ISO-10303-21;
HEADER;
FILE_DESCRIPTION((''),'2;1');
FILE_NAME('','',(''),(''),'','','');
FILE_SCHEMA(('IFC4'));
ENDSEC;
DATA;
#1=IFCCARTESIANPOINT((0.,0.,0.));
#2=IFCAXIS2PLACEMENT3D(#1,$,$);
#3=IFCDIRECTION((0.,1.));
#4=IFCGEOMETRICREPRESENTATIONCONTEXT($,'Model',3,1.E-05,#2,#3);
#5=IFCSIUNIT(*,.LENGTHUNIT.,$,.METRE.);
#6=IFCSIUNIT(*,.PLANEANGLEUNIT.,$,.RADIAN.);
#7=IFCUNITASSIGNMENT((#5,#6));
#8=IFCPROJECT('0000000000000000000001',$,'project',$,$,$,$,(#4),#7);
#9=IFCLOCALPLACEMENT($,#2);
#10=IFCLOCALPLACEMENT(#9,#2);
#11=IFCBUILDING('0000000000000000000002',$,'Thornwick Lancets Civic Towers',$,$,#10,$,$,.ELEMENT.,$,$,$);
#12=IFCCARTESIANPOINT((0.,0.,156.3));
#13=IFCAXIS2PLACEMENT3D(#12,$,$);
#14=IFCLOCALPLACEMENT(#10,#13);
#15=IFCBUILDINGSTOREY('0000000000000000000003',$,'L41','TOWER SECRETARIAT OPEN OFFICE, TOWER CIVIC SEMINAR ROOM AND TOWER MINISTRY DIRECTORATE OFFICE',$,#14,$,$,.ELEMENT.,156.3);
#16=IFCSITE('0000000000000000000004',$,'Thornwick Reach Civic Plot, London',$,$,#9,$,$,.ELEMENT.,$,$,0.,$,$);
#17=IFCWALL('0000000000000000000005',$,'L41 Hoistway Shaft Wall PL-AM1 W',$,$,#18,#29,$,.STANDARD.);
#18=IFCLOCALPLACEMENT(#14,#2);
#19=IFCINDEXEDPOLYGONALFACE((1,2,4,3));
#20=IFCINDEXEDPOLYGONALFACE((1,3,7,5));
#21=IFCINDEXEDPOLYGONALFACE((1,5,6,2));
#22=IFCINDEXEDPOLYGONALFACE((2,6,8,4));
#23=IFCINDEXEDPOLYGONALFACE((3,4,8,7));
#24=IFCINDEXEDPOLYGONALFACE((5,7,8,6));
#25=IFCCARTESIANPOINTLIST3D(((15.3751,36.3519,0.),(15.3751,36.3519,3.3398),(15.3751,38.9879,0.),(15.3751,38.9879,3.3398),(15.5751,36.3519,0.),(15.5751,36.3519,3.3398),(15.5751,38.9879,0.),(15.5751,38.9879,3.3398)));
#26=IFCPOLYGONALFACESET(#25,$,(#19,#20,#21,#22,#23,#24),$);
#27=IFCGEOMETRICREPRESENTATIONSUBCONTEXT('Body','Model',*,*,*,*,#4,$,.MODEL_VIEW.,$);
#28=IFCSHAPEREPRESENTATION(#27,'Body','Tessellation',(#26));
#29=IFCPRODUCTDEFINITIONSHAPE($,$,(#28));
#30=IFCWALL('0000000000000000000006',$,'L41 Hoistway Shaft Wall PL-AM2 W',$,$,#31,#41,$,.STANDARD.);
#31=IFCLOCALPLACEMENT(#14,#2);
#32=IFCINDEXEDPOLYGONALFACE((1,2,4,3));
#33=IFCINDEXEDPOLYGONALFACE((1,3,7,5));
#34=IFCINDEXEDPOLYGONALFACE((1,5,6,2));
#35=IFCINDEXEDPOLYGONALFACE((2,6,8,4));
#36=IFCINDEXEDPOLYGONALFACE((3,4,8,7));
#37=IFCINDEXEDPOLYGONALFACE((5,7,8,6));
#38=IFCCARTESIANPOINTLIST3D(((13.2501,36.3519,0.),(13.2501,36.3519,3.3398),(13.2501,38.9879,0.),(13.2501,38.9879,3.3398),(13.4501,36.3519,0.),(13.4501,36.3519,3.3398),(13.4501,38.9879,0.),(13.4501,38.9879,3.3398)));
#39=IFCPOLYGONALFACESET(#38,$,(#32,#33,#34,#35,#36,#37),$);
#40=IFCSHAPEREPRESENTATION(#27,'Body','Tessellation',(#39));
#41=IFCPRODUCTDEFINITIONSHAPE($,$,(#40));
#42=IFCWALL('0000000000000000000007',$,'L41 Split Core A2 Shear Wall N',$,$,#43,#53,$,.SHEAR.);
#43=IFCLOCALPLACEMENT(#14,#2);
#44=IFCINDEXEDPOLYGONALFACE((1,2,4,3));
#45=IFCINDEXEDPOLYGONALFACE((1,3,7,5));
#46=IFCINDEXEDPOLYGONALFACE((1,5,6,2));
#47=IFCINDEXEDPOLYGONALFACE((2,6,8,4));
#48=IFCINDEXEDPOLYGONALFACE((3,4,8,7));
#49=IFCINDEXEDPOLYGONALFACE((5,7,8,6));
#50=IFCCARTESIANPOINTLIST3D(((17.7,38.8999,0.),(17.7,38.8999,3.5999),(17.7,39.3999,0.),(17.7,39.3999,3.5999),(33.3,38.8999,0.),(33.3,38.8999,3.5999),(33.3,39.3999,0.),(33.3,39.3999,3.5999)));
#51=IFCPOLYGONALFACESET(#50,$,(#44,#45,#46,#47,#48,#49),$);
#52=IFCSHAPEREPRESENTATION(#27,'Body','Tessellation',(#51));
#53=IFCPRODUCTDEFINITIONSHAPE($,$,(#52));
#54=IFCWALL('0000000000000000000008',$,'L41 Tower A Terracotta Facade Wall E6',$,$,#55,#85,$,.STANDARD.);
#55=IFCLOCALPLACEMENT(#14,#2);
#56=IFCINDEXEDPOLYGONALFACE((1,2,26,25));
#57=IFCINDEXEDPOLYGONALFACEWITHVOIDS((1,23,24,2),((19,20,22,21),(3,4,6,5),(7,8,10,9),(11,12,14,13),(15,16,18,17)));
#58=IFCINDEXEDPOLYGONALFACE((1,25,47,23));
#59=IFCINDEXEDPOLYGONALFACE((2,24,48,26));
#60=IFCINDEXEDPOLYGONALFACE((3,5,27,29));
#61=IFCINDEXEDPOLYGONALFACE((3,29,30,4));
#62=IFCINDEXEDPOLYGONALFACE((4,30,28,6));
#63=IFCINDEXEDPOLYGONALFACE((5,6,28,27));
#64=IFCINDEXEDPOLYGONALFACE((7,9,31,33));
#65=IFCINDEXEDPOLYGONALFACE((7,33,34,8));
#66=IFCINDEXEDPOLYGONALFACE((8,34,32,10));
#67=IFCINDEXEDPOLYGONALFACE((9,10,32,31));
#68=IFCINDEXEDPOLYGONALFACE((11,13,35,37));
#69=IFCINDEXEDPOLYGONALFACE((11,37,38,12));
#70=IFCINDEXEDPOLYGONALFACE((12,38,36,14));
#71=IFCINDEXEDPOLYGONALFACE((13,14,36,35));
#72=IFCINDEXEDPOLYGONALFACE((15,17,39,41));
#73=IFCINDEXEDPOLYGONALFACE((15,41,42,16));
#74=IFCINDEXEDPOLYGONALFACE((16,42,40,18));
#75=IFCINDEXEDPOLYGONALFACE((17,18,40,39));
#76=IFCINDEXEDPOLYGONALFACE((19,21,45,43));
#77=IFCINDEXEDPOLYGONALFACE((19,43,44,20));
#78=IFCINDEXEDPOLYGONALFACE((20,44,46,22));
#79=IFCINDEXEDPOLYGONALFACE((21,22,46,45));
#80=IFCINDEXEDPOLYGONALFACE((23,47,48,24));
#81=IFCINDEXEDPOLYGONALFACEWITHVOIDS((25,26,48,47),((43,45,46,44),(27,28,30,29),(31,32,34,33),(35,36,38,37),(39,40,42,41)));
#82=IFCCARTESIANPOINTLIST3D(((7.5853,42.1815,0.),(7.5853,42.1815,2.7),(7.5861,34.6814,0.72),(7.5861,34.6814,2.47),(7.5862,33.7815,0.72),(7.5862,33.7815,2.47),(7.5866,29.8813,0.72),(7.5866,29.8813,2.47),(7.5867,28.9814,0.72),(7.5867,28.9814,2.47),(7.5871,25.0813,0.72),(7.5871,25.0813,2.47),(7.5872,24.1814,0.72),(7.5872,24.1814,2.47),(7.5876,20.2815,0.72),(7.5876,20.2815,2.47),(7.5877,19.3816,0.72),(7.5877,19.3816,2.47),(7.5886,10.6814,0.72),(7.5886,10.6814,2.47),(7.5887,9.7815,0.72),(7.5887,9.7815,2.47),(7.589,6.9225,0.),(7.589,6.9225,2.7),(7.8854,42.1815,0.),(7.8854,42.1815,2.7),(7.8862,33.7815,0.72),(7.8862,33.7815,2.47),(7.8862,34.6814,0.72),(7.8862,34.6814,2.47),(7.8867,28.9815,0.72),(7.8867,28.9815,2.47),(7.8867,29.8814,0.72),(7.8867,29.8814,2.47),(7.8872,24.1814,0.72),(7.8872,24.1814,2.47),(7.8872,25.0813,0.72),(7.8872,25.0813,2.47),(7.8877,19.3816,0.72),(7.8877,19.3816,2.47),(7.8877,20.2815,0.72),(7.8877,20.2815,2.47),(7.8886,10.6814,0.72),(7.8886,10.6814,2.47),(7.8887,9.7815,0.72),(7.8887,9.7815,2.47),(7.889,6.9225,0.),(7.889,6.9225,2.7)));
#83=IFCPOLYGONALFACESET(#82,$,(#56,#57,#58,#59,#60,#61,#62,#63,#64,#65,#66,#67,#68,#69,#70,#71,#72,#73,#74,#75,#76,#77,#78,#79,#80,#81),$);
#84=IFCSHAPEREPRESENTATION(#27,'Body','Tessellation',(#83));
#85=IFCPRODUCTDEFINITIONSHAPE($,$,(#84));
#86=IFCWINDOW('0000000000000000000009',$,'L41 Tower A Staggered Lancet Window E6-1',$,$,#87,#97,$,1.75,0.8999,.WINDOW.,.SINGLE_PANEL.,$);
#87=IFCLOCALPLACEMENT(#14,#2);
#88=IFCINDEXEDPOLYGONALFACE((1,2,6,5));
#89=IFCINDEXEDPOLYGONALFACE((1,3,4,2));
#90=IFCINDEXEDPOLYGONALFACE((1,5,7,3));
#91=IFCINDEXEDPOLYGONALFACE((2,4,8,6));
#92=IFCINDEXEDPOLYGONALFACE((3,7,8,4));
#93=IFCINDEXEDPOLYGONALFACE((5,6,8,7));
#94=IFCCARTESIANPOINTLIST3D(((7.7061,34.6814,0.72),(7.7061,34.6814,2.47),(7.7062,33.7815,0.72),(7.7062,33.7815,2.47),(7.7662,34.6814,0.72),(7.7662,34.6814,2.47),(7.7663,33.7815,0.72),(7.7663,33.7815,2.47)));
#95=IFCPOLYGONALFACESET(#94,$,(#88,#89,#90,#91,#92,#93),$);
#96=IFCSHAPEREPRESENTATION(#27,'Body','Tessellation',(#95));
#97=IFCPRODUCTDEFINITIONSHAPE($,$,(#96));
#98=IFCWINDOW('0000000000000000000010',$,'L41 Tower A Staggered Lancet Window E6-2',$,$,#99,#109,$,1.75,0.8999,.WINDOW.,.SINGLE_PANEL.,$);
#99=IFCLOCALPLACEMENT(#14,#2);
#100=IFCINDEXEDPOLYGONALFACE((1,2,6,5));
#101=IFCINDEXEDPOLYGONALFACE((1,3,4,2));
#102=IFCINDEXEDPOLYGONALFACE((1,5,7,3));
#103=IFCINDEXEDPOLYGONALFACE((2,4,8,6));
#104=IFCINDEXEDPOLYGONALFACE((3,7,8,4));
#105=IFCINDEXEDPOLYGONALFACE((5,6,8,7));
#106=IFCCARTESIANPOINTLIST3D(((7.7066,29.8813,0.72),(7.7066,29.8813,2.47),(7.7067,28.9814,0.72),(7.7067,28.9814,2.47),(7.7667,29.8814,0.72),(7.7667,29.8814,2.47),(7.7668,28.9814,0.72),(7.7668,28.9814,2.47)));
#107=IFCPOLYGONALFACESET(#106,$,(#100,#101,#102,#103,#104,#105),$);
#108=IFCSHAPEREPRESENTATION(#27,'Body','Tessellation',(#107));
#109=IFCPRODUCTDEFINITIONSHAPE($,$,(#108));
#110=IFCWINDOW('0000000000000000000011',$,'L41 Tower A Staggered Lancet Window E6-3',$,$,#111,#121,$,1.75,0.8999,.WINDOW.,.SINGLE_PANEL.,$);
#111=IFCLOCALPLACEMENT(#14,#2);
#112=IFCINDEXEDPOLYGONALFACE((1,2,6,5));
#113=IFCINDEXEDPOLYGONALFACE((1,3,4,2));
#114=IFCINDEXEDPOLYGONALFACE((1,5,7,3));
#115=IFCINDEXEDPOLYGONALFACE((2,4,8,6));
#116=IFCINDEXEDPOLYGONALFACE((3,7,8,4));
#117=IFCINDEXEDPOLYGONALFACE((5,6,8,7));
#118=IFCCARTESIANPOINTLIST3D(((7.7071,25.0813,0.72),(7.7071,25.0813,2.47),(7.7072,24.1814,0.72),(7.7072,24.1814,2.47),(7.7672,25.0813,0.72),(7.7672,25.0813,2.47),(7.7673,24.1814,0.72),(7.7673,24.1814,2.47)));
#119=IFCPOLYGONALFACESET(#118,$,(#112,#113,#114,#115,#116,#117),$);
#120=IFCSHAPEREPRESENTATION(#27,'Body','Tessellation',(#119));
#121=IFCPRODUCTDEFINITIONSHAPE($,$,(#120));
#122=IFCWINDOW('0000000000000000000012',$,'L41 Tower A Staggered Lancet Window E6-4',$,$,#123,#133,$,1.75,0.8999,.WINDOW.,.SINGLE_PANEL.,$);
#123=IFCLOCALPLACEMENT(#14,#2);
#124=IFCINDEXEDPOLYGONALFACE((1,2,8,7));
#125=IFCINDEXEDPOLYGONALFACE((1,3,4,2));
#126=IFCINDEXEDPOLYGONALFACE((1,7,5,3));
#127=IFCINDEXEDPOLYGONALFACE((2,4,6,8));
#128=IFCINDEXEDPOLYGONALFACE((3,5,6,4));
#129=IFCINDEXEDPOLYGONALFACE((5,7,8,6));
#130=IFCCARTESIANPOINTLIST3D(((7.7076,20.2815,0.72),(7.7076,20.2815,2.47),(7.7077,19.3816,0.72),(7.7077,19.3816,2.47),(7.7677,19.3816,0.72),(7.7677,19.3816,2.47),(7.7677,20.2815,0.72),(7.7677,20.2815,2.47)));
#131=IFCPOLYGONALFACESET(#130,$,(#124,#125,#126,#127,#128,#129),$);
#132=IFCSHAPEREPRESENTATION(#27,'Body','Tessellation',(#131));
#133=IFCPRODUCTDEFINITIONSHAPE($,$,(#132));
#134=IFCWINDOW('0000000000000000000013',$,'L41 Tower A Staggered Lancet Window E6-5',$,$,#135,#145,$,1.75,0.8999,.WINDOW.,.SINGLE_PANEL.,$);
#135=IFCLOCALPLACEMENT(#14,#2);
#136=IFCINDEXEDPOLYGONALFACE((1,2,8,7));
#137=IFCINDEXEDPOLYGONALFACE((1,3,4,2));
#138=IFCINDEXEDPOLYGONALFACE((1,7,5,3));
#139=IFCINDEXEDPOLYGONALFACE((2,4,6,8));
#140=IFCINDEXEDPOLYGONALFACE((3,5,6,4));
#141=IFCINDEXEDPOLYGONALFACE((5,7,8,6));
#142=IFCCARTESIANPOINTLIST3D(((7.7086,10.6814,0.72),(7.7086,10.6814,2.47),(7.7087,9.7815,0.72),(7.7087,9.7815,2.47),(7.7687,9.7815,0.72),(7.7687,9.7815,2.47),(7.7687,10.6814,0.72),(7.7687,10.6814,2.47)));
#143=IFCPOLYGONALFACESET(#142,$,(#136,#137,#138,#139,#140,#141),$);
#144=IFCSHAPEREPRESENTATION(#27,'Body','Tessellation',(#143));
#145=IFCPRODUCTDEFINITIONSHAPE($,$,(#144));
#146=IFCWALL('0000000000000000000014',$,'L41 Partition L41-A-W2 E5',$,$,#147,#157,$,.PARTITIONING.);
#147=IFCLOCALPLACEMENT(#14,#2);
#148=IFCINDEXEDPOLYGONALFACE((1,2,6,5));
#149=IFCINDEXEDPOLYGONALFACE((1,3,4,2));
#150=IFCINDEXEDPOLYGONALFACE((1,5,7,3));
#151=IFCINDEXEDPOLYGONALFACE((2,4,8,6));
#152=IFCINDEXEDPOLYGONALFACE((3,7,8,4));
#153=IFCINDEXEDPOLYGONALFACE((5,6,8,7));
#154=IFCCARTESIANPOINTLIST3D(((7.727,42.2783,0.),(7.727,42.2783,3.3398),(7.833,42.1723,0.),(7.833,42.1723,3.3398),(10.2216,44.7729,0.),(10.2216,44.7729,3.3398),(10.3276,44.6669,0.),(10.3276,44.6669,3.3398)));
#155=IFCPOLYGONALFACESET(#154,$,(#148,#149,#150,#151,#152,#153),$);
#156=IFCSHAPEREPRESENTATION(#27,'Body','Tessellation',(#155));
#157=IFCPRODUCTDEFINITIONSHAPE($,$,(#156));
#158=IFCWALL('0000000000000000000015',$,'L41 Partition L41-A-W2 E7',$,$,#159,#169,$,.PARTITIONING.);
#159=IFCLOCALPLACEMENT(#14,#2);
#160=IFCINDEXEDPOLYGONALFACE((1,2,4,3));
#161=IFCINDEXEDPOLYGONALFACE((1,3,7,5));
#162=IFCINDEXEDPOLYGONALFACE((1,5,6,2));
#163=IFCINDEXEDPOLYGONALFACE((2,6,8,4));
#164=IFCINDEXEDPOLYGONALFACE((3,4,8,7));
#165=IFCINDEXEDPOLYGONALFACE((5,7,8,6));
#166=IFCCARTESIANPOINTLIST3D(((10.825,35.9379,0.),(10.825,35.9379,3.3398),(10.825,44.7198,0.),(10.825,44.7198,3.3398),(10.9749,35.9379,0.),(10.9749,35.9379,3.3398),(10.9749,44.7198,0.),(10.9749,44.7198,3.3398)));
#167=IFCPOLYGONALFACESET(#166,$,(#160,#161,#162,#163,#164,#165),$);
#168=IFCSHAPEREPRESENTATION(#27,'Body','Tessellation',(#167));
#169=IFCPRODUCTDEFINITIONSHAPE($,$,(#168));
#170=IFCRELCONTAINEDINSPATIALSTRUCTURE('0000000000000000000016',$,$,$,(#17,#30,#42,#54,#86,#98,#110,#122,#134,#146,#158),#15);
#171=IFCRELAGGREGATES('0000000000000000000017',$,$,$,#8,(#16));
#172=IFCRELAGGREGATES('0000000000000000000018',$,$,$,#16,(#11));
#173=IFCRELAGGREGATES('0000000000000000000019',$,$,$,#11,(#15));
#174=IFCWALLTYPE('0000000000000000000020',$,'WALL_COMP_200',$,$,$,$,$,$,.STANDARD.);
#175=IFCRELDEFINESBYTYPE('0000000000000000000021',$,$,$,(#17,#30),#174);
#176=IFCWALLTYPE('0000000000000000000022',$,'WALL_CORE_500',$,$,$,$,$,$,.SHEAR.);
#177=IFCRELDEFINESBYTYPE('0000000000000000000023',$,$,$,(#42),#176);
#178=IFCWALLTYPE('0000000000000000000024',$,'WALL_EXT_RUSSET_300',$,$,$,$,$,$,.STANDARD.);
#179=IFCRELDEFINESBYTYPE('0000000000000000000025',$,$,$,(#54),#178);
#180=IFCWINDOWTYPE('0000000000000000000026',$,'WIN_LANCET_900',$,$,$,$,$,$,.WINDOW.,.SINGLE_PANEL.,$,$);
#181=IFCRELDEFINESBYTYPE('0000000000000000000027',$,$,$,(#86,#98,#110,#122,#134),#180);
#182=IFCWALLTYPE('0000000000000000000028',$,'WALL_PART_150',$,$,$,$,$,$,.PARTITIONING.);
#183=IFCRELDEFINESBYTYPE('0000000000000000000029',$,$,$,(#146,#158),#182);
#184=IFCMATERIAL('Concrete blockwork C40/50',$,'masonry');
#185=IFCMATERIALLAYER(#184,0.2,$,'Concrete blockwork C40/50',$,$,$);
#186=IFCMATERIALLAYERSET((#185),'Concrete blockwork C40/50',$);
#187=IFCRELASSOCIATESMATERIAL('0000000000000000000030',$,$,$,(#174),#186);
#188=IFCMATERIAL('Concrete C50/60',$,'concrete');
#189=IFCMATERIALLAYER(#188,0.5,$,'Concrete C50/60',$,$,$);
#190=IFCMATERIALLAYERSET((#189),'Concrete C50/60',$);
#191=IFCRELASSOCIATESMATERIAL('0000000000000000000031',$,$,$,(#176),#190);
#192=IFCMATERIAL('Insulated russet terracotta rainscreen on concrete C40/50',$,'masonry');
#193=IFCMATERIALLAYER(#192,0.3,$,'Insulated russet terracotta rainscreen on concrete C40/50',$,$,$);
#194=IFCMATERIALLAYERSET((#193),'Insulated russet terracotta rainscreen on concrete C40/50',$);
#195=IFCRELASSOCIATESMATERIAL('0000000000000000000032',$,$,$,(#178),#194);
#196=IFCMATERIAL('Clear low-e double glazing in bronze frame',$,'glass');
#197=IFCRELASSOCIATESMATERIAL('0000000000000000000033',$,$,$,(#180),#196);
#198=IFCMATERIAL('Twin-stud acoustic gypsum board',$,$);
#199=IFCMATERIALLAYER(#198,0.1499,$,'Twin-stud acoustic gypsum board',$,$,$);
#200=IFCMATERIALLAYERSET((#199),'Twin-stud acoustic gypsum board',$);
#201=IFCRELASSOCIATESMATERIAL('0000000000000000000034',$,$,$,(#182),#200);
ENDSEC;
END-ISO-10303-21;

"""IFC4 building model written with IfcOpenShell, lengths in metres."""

from ifc_helpers import new_model, si_unit, direction, frame, frame_2d, origin, place, context, subcontext, project, spatial, rectangle, extrude, material, layer, layer_set, type_object, element, fill, save


model = new_model("IFC4")

# Units and contexts
model_context = context("Model", 3, precision=1e-05, world=origin(), true_north=direction((0.0, 1.0)))
body_context = subcontext(model_context, "Body", "Model", "MODEL_VIEW")
ifc_project = project(units=[si_unit("LENGTHUNIT", "METRE"), si_unit("PLANEANGLEUNIT", "RADIAN")], contexts=[model_context])

# Site, building, storey
site_placement = place(None, origin())
site = spatial("IfcSite", under=ifc_project, at=site_placement, Name="Thornwick Reach Civic Plot, London", CompositionType="ELEMENT", RefElevation=0.0)
building_placement = place(site_placement, origin())
building = spatial("IfcBuilding", under=site, at=building_placement, Name="Thornwick Lancets Civic Towers", CompositionType="ELEMENT")
storey_placement = place(building_placement, frame((0.0, 0.0, 156.3)))
storey = spatial("IfcBuildingStorey", under=building, at=storey_placement, Name="L41", Description="TOWER SECRETARIAT OPEN OFFICE, TOWER CIVIC SEMINAR ROOM AND TOWER MINISTRY DIRECTORATE OFFICE", CompositionType="ELEMENT", Elevation=156.3)

# Shared definitions
ifc_material_1 = material(Name="Concrete C50/60", Category="concrete")

# Shared definitions
ifc_material_2 = material(Name="Concrete blockwork C40/50", Category="masonry")
ifc_layer_1 = layer(ifc_material_2, 0.2, Name="Concrete blockwork C40/50")
ifc_layer_set_1 = layer_set([ifc_layer_1], Name="Concrete blockwork C40/50")
wall_type_1 = type_object("IfcWallType", Name="WALL_COMP_200", PredefinedType="STANDARD", material=ifc_layer_set_1)

# Walls
for number, where, z_axis, x_axis, name in (
    (1, (15.4751, 36.3521, 0.0), (0.0, 0.0, 1.0), (0.0, 1.0, 0.0), "L41 Hoistway Shaft Wall PL-AM1 W"),
    (2, (13.3501, 36.3521, 0.0), (0.0, 0.0, 1.0), (0.0, 1.0, 0.0), "L41 Hoistway Shaft Wall PL-AM2 W"),
):
    element("IfcWall", number, at=place(storey_placement, frame(where, z_axis=z_axis, x_axis=x_axis)), inside=storey, type_object=wall_type_1, Name=name, PredefinedType="STANDARD", context=body_context, shape_type="SweptSolid", body=[
        extrude(rectangle(XDim=2.636, YDim=0.2, at=frame_2d((1.3179, 0.0))), origin(), (0.0, 0.0, 1.0), 3.3398),
    ])
ifc_layer_2 = layer(ifc_material_1, 0.5, Name="Concrete C50/60")
ifc_layer_set_2 = layer_set([ifc_layer_2], Name="Concrete C50/60")
wall_type_2 = type_object("IfcWallType", Name="WALL_CORE_500", PredefinedType="SHEAR", material=ifc_layer_set_2)
wall_1_placement = place(storey_placement, frame((17.7, 39.1499, 0.0), z_axis=(0.0, 0.0, 1.0), x_axis=(1.0, 0.0, 0.0)))
element("IfcWall", 3, at=wall_1_placement, inside=storey, type_object=wall_type_2, Name="L41 Split Core A2 Shear Wall N", PredefinedType="SHEAR", context=body_context, shape_type="SweptSolid", body=[
    extrude(rectangle(XDim=15.6001, YDim=0.5, at=frame_2d((7.8, 0.0))), origin(), (0.0, 0.0, 1.0), 3.5999),
])

# Wall, openings, windows
ifc_material_3 = material(Name="Insulated russet terracotta rainscreen on concrete C40/50", Category="masonry")
ifc_layer_3 = layer(ifc_material_3, 0.3, Name="Insulated russet terracotta rainscreen on concrete C40/50")
ifc_layer_set_3 = layer_set([ifc_layer_3], Name="Insulated russet terracotta rainscreen on concrete C40/50")
wall_type_3 = type_object("IfcWallType", Name="WALL_EXT_RUSSET_300", PredefinedType="STANDARD", material=ifc_layer_set_3)
wall_2_placement = place(storey_placement, frame((7.7354, 42.1814, 0.0), z_axis=(0.0, 0.0, 1.0), x_axis=(0.000104, -1.0, 0.0)))
wall_2 = element("IfcWall", 4, at=wall_2_placement, inside=storey, type_object=wall_type_3, Name="L41 Tower A Terracotta Facade Wall E6", PredefinedType="STANDARD", context=body_context, shape_type="SweptSolid", body=[
    extrude(rectangle(XDim=35.259, YDim=0.3, at=frame_2d((17.6294, 0.0))), origin(), (0.0, 0.0, 1.0), 2.7),
])
opening_1_placement = place(wall_2_placement, frame((7.5, 0.0, 0.72)))
opening_1 = element("IfcOpeningElement", 5, at=opening_1_placement, cuts=wall_2, PredefinedType="OPENING", context=body_context, shape_type="SweptSolid", body=[
    extrude(rectangle(XDim=0.8999, YDim=1.75, at=frame_2d((0.45, 0.875))), frame((0.0, 0.1602, 0.0), z_axis=(0.0, -1.0, 0.0), x_axis=(1.0, 0.0, 0.0)), (0.0, 0.0, 1.0), 0.3201),
])
opening_2_placement = place(wall_2_placement, frame((12.3, 0.0, 0.72)))
opening_2 = element("IfcOpeningElement", 6, at=opening_2_placement, cuts=wall_2, PredefinedType="OPENING", context=body_context, shape_type="SweptSolid", body=[
    extrude(rectangle(XDim=0.8999, YDim=1.75, at=frame_2d((0.45, 0.875))), frame((0.0, 0.1602, 0.0), z_axis=(0.0, -1.0, 0.0), x_axis=(1.0, 0.0, 0.0)), (0.0, 0.0, 1.0), 0.3201),
])
opening_3_placement = place(wall_2_placement, frame((17.1001, 0.0, 0.72)))
opening_3 = element("IfcOpeningElement", 7, at=opening_3_placement, cuts=wall_2, PredefinedType="OPENING", context=body_context, shape_type="SweptSolid", body=[
    extrude(rectangle(XDim=0.8999, YDim=1.75, at=frame_2d((0.45, 0.875))), frame((0.0, 0.1602, 0.0), z_axis=(0.0, -1.0, 0.0), x_axis=(1.0, 0.0, 0.0)), (0.0, 0.0, 1.0), 0.3201),
])
opening_4_placement = place(wall_2_placement, frame((21.8999, 0.0, 0.72)))
opening_4 = element("IfcOpeningElement", 8, at=opening_4_placement, cuts=wall_2, PredefinedType="OPENING", context=body_context, shape_type="SweptSolid", body=[
    extrude(rectangle(XDim=0.8999, YDim=1.75, at=frame_2d((0.45, 0.875))), frame((0.0, 0.1602, 0.0), z_axis=(0.0, -1.0, 0.0), x_axis=(1.0, 0.0, 0.0)), (0.0, 0.0, 1.0), 0.3201),
])
opening_5_placement = place(wall_2_placement, frame((31.5, 0.0, 0.72)))
opening_5 = element("IfcOpeningElement", 9, at=opening_5_placement, cuts=wall_2, PredefinedType="OPENING", context=body_context, shape_type="SweptSolid", body=[
    extrude(rectangle(XDim=0.8999, YDim=1.75, at=frame_2d((0.45, 0.875))), frame((0.0, 0.1602, 0.0), z_axis=(0.0, -1.0, 0.0), x_axis=(1.0, 0.0, 0.0)), (0.0, 0.0, 1.0), 0.3201),
])
ifc_material_4 = material(Name="Clear low-e double glazing in bronze frame", Category="glass")
window_type = type_object("IfcWindowType", Name="WIN_LANCET_900", PartitioningType="SINGLE_PANEL", PredefinedType="WINDOW", material=ifc_material_4)
window_1_placement = place(opening_1_placement, origin())
window_1 = element("IfcWindow", 10, at=window_1_placement, inside=storey, type_object=window_type, Name="L41 Tower A Staggered Lancet Window E6-1", OverallHeight=1.75, OverallWidth=0.8999, PartitioningType="SINGLE_PANEL", PredefinedType="WINDOW", context=body_context, shape_type="SweptSolid", body=[
    extrude(rectangle(XDim=0.8999, YDim=1.75, at=frame_2d((0.45, 0.875))), frame((0.0, 0.03, 0.0), z_axis=(0.0, -1.0, 0.0), x_axis=(1.0, 0.0, 0.0)), (0.0, 0.0, 1.0), 0.0601),
])
fill(opening_1, window_1)
window_2_placement = place(opening_2_placement, origin())
window_2 = element("IfcWindow", 11, at=window_2_placement, inside=storey, type_object=window_type, Name="L41 Tower A Staggered Lancet Window E6-2", OverallHeight=1.75, OverallWidth=0.8999, PartitioningType="SINGLE_PANEL", PredefinedType="WINDOW", context=body_context, shape_type="SweptSolid", body=[
    extrude(rectangle(XDim=0.8999, YDim=1.75, at=frame_2d((0.45, 0.875))), frame((0.0, 0.03, 0.0), z_axis=(0.0, -1.0, 0.0), x_axis=(1.0, 0.0, 0.0)), (0.0, 0.0, 1.0), 0.0601),
])
fill(opening_2, window_2)
window_3_placement = place(opening_3_placement, origin())
window_3 = element("IfcWindow", 12, at=window_3_placement, inside=storey, type_object=window_type, Name="L41 Tower A Staggered Lancet Window E6-3", OverallHeight=1.75, OverallWidth=0.8999, PartitioningType="SINGLE_PANEL", PredefinedType="WINDOW", context=body_context, shape_type="SweptSolid", body=[
    extrude(rectangle(XDim=0.8999, YDim=1.75, at=frame_2d((0.45, 0.875))), frame((0.0, 0.03, 0.0), z_axis=(0.0, -1.0, 0.0), x_axis=(1.0, 0.0, 0.0)), (0.0, 0.0, 1.0), 0.0601),
])
fill(opening_3, window_3)
window_4_placement = place(opening_4_placement, origin())
window_4 = element("IfcWindow", 13, at=window_4_placement, inside=storey, type_object=window_type, Name="L41 Tower A Staggered Lancet Window E6-4", OverallHeight=1.75, OverallWidth=0.8999, PartitioningType="SINGLE_PANEL", PredefinedType="WINDOW", context=body_context, shape_type="SweptSolid", body=[
    extrude(rectangle(XDim=0.8999, YDim=1.75, at=frame_2d((0.45, 0.875))), frame((0.0, 0.03, 0.0), z_axis=(0.0, -1.0, 0.0), x_axis=(1.0, 0.0, 0.0)), (0.0, 0.0, 1.0), 0.0601),
])
fill(opening_4, window_4)
window_5_placement = place(opening_5_placement, origin())
window_5 = element("IfcWindow", 14, at=window_5_placement, inside=storey, type_object=window_type, Name="L41 Tower A Staggered Lancet Window E6-5", OverallHeight=1.75, OverallWidth=0.8999, PartitioningType="SINGLE_PANEL", PredefinedType="WINDOW", context=body_context, shape_type="SweptSolid", body=[
    extrude(rectangle(XDim=0.8999, YDim=1.75, at=frame_2d((0.45, 0.875))), frame((0.0, 0.03, 0.0), z_axis=(0.0, -1.0, 0.0), x_axis=(1.0, 0.0, 0.0)), (0.0, 0.0, 1.0), 0.0601),
])
fill(opening_5, window_5)

# Walls
ifc_material_5 = material(Name="Twin-stud acoustic gypsum board")
ifc_layer_4 = layer(ifc_material_5, 0.1499, Name="Twin-stud acoustic gypsum board")
ifc_layer_set_4 = layer_set([ifc_layer_4], Name="Twin-stud acoustic gypsum board")
wall_type_4 = type_object("IfcWallType", Name="WALL_PART_150", PredefinedType="PARTITIONING", material=ifc_layer_set_4)
wall_3_placement = place(storey_placement, frame((7.78, 42.2253, 0.0), z_axis=(0.0, 0.0, 1.0), x_axis=(0.707107, 0.707107, 0.0)))
element("IfcWall", 15, at=wall_3_placement, inside=storey, type_object=wall_type_4, Name="L41 Partition L41-A-W2 E5", PredefinedType="PARTITIONING", context=body_context, shape_type="SweptSolid", body=[
    extrude(rectangle(XDim=3.5278, YDim=0.1499, at=frame_2d((1.7639, 0.0))), origin(), (0.0, 0.0, 1.0), 3.3398),
])
wall_4_placement = place(storey_placement, frame((10.8999, 44.72, 0.0), z_axis=(0.0, 0.0, 1.0), x_axis=(0.0, -1.0, 0.0)))
element("IfcWall", 16, at=wall_4_placement, inside=storey, type_object=wall_type_4, Name="L41 Partition L41-A-W2 E7", PredefinedType="PARTITIONING", context=body_context, shape_type="SweptSolid", body=[
    extrude(rectangle(XDim=8.782, YDim=0.1499, at=frame_2d((4.3911, 0.0))), origin(), (0.0, 0.0, 1.0), 3.3398),
])

save(model, "model.ifc")
